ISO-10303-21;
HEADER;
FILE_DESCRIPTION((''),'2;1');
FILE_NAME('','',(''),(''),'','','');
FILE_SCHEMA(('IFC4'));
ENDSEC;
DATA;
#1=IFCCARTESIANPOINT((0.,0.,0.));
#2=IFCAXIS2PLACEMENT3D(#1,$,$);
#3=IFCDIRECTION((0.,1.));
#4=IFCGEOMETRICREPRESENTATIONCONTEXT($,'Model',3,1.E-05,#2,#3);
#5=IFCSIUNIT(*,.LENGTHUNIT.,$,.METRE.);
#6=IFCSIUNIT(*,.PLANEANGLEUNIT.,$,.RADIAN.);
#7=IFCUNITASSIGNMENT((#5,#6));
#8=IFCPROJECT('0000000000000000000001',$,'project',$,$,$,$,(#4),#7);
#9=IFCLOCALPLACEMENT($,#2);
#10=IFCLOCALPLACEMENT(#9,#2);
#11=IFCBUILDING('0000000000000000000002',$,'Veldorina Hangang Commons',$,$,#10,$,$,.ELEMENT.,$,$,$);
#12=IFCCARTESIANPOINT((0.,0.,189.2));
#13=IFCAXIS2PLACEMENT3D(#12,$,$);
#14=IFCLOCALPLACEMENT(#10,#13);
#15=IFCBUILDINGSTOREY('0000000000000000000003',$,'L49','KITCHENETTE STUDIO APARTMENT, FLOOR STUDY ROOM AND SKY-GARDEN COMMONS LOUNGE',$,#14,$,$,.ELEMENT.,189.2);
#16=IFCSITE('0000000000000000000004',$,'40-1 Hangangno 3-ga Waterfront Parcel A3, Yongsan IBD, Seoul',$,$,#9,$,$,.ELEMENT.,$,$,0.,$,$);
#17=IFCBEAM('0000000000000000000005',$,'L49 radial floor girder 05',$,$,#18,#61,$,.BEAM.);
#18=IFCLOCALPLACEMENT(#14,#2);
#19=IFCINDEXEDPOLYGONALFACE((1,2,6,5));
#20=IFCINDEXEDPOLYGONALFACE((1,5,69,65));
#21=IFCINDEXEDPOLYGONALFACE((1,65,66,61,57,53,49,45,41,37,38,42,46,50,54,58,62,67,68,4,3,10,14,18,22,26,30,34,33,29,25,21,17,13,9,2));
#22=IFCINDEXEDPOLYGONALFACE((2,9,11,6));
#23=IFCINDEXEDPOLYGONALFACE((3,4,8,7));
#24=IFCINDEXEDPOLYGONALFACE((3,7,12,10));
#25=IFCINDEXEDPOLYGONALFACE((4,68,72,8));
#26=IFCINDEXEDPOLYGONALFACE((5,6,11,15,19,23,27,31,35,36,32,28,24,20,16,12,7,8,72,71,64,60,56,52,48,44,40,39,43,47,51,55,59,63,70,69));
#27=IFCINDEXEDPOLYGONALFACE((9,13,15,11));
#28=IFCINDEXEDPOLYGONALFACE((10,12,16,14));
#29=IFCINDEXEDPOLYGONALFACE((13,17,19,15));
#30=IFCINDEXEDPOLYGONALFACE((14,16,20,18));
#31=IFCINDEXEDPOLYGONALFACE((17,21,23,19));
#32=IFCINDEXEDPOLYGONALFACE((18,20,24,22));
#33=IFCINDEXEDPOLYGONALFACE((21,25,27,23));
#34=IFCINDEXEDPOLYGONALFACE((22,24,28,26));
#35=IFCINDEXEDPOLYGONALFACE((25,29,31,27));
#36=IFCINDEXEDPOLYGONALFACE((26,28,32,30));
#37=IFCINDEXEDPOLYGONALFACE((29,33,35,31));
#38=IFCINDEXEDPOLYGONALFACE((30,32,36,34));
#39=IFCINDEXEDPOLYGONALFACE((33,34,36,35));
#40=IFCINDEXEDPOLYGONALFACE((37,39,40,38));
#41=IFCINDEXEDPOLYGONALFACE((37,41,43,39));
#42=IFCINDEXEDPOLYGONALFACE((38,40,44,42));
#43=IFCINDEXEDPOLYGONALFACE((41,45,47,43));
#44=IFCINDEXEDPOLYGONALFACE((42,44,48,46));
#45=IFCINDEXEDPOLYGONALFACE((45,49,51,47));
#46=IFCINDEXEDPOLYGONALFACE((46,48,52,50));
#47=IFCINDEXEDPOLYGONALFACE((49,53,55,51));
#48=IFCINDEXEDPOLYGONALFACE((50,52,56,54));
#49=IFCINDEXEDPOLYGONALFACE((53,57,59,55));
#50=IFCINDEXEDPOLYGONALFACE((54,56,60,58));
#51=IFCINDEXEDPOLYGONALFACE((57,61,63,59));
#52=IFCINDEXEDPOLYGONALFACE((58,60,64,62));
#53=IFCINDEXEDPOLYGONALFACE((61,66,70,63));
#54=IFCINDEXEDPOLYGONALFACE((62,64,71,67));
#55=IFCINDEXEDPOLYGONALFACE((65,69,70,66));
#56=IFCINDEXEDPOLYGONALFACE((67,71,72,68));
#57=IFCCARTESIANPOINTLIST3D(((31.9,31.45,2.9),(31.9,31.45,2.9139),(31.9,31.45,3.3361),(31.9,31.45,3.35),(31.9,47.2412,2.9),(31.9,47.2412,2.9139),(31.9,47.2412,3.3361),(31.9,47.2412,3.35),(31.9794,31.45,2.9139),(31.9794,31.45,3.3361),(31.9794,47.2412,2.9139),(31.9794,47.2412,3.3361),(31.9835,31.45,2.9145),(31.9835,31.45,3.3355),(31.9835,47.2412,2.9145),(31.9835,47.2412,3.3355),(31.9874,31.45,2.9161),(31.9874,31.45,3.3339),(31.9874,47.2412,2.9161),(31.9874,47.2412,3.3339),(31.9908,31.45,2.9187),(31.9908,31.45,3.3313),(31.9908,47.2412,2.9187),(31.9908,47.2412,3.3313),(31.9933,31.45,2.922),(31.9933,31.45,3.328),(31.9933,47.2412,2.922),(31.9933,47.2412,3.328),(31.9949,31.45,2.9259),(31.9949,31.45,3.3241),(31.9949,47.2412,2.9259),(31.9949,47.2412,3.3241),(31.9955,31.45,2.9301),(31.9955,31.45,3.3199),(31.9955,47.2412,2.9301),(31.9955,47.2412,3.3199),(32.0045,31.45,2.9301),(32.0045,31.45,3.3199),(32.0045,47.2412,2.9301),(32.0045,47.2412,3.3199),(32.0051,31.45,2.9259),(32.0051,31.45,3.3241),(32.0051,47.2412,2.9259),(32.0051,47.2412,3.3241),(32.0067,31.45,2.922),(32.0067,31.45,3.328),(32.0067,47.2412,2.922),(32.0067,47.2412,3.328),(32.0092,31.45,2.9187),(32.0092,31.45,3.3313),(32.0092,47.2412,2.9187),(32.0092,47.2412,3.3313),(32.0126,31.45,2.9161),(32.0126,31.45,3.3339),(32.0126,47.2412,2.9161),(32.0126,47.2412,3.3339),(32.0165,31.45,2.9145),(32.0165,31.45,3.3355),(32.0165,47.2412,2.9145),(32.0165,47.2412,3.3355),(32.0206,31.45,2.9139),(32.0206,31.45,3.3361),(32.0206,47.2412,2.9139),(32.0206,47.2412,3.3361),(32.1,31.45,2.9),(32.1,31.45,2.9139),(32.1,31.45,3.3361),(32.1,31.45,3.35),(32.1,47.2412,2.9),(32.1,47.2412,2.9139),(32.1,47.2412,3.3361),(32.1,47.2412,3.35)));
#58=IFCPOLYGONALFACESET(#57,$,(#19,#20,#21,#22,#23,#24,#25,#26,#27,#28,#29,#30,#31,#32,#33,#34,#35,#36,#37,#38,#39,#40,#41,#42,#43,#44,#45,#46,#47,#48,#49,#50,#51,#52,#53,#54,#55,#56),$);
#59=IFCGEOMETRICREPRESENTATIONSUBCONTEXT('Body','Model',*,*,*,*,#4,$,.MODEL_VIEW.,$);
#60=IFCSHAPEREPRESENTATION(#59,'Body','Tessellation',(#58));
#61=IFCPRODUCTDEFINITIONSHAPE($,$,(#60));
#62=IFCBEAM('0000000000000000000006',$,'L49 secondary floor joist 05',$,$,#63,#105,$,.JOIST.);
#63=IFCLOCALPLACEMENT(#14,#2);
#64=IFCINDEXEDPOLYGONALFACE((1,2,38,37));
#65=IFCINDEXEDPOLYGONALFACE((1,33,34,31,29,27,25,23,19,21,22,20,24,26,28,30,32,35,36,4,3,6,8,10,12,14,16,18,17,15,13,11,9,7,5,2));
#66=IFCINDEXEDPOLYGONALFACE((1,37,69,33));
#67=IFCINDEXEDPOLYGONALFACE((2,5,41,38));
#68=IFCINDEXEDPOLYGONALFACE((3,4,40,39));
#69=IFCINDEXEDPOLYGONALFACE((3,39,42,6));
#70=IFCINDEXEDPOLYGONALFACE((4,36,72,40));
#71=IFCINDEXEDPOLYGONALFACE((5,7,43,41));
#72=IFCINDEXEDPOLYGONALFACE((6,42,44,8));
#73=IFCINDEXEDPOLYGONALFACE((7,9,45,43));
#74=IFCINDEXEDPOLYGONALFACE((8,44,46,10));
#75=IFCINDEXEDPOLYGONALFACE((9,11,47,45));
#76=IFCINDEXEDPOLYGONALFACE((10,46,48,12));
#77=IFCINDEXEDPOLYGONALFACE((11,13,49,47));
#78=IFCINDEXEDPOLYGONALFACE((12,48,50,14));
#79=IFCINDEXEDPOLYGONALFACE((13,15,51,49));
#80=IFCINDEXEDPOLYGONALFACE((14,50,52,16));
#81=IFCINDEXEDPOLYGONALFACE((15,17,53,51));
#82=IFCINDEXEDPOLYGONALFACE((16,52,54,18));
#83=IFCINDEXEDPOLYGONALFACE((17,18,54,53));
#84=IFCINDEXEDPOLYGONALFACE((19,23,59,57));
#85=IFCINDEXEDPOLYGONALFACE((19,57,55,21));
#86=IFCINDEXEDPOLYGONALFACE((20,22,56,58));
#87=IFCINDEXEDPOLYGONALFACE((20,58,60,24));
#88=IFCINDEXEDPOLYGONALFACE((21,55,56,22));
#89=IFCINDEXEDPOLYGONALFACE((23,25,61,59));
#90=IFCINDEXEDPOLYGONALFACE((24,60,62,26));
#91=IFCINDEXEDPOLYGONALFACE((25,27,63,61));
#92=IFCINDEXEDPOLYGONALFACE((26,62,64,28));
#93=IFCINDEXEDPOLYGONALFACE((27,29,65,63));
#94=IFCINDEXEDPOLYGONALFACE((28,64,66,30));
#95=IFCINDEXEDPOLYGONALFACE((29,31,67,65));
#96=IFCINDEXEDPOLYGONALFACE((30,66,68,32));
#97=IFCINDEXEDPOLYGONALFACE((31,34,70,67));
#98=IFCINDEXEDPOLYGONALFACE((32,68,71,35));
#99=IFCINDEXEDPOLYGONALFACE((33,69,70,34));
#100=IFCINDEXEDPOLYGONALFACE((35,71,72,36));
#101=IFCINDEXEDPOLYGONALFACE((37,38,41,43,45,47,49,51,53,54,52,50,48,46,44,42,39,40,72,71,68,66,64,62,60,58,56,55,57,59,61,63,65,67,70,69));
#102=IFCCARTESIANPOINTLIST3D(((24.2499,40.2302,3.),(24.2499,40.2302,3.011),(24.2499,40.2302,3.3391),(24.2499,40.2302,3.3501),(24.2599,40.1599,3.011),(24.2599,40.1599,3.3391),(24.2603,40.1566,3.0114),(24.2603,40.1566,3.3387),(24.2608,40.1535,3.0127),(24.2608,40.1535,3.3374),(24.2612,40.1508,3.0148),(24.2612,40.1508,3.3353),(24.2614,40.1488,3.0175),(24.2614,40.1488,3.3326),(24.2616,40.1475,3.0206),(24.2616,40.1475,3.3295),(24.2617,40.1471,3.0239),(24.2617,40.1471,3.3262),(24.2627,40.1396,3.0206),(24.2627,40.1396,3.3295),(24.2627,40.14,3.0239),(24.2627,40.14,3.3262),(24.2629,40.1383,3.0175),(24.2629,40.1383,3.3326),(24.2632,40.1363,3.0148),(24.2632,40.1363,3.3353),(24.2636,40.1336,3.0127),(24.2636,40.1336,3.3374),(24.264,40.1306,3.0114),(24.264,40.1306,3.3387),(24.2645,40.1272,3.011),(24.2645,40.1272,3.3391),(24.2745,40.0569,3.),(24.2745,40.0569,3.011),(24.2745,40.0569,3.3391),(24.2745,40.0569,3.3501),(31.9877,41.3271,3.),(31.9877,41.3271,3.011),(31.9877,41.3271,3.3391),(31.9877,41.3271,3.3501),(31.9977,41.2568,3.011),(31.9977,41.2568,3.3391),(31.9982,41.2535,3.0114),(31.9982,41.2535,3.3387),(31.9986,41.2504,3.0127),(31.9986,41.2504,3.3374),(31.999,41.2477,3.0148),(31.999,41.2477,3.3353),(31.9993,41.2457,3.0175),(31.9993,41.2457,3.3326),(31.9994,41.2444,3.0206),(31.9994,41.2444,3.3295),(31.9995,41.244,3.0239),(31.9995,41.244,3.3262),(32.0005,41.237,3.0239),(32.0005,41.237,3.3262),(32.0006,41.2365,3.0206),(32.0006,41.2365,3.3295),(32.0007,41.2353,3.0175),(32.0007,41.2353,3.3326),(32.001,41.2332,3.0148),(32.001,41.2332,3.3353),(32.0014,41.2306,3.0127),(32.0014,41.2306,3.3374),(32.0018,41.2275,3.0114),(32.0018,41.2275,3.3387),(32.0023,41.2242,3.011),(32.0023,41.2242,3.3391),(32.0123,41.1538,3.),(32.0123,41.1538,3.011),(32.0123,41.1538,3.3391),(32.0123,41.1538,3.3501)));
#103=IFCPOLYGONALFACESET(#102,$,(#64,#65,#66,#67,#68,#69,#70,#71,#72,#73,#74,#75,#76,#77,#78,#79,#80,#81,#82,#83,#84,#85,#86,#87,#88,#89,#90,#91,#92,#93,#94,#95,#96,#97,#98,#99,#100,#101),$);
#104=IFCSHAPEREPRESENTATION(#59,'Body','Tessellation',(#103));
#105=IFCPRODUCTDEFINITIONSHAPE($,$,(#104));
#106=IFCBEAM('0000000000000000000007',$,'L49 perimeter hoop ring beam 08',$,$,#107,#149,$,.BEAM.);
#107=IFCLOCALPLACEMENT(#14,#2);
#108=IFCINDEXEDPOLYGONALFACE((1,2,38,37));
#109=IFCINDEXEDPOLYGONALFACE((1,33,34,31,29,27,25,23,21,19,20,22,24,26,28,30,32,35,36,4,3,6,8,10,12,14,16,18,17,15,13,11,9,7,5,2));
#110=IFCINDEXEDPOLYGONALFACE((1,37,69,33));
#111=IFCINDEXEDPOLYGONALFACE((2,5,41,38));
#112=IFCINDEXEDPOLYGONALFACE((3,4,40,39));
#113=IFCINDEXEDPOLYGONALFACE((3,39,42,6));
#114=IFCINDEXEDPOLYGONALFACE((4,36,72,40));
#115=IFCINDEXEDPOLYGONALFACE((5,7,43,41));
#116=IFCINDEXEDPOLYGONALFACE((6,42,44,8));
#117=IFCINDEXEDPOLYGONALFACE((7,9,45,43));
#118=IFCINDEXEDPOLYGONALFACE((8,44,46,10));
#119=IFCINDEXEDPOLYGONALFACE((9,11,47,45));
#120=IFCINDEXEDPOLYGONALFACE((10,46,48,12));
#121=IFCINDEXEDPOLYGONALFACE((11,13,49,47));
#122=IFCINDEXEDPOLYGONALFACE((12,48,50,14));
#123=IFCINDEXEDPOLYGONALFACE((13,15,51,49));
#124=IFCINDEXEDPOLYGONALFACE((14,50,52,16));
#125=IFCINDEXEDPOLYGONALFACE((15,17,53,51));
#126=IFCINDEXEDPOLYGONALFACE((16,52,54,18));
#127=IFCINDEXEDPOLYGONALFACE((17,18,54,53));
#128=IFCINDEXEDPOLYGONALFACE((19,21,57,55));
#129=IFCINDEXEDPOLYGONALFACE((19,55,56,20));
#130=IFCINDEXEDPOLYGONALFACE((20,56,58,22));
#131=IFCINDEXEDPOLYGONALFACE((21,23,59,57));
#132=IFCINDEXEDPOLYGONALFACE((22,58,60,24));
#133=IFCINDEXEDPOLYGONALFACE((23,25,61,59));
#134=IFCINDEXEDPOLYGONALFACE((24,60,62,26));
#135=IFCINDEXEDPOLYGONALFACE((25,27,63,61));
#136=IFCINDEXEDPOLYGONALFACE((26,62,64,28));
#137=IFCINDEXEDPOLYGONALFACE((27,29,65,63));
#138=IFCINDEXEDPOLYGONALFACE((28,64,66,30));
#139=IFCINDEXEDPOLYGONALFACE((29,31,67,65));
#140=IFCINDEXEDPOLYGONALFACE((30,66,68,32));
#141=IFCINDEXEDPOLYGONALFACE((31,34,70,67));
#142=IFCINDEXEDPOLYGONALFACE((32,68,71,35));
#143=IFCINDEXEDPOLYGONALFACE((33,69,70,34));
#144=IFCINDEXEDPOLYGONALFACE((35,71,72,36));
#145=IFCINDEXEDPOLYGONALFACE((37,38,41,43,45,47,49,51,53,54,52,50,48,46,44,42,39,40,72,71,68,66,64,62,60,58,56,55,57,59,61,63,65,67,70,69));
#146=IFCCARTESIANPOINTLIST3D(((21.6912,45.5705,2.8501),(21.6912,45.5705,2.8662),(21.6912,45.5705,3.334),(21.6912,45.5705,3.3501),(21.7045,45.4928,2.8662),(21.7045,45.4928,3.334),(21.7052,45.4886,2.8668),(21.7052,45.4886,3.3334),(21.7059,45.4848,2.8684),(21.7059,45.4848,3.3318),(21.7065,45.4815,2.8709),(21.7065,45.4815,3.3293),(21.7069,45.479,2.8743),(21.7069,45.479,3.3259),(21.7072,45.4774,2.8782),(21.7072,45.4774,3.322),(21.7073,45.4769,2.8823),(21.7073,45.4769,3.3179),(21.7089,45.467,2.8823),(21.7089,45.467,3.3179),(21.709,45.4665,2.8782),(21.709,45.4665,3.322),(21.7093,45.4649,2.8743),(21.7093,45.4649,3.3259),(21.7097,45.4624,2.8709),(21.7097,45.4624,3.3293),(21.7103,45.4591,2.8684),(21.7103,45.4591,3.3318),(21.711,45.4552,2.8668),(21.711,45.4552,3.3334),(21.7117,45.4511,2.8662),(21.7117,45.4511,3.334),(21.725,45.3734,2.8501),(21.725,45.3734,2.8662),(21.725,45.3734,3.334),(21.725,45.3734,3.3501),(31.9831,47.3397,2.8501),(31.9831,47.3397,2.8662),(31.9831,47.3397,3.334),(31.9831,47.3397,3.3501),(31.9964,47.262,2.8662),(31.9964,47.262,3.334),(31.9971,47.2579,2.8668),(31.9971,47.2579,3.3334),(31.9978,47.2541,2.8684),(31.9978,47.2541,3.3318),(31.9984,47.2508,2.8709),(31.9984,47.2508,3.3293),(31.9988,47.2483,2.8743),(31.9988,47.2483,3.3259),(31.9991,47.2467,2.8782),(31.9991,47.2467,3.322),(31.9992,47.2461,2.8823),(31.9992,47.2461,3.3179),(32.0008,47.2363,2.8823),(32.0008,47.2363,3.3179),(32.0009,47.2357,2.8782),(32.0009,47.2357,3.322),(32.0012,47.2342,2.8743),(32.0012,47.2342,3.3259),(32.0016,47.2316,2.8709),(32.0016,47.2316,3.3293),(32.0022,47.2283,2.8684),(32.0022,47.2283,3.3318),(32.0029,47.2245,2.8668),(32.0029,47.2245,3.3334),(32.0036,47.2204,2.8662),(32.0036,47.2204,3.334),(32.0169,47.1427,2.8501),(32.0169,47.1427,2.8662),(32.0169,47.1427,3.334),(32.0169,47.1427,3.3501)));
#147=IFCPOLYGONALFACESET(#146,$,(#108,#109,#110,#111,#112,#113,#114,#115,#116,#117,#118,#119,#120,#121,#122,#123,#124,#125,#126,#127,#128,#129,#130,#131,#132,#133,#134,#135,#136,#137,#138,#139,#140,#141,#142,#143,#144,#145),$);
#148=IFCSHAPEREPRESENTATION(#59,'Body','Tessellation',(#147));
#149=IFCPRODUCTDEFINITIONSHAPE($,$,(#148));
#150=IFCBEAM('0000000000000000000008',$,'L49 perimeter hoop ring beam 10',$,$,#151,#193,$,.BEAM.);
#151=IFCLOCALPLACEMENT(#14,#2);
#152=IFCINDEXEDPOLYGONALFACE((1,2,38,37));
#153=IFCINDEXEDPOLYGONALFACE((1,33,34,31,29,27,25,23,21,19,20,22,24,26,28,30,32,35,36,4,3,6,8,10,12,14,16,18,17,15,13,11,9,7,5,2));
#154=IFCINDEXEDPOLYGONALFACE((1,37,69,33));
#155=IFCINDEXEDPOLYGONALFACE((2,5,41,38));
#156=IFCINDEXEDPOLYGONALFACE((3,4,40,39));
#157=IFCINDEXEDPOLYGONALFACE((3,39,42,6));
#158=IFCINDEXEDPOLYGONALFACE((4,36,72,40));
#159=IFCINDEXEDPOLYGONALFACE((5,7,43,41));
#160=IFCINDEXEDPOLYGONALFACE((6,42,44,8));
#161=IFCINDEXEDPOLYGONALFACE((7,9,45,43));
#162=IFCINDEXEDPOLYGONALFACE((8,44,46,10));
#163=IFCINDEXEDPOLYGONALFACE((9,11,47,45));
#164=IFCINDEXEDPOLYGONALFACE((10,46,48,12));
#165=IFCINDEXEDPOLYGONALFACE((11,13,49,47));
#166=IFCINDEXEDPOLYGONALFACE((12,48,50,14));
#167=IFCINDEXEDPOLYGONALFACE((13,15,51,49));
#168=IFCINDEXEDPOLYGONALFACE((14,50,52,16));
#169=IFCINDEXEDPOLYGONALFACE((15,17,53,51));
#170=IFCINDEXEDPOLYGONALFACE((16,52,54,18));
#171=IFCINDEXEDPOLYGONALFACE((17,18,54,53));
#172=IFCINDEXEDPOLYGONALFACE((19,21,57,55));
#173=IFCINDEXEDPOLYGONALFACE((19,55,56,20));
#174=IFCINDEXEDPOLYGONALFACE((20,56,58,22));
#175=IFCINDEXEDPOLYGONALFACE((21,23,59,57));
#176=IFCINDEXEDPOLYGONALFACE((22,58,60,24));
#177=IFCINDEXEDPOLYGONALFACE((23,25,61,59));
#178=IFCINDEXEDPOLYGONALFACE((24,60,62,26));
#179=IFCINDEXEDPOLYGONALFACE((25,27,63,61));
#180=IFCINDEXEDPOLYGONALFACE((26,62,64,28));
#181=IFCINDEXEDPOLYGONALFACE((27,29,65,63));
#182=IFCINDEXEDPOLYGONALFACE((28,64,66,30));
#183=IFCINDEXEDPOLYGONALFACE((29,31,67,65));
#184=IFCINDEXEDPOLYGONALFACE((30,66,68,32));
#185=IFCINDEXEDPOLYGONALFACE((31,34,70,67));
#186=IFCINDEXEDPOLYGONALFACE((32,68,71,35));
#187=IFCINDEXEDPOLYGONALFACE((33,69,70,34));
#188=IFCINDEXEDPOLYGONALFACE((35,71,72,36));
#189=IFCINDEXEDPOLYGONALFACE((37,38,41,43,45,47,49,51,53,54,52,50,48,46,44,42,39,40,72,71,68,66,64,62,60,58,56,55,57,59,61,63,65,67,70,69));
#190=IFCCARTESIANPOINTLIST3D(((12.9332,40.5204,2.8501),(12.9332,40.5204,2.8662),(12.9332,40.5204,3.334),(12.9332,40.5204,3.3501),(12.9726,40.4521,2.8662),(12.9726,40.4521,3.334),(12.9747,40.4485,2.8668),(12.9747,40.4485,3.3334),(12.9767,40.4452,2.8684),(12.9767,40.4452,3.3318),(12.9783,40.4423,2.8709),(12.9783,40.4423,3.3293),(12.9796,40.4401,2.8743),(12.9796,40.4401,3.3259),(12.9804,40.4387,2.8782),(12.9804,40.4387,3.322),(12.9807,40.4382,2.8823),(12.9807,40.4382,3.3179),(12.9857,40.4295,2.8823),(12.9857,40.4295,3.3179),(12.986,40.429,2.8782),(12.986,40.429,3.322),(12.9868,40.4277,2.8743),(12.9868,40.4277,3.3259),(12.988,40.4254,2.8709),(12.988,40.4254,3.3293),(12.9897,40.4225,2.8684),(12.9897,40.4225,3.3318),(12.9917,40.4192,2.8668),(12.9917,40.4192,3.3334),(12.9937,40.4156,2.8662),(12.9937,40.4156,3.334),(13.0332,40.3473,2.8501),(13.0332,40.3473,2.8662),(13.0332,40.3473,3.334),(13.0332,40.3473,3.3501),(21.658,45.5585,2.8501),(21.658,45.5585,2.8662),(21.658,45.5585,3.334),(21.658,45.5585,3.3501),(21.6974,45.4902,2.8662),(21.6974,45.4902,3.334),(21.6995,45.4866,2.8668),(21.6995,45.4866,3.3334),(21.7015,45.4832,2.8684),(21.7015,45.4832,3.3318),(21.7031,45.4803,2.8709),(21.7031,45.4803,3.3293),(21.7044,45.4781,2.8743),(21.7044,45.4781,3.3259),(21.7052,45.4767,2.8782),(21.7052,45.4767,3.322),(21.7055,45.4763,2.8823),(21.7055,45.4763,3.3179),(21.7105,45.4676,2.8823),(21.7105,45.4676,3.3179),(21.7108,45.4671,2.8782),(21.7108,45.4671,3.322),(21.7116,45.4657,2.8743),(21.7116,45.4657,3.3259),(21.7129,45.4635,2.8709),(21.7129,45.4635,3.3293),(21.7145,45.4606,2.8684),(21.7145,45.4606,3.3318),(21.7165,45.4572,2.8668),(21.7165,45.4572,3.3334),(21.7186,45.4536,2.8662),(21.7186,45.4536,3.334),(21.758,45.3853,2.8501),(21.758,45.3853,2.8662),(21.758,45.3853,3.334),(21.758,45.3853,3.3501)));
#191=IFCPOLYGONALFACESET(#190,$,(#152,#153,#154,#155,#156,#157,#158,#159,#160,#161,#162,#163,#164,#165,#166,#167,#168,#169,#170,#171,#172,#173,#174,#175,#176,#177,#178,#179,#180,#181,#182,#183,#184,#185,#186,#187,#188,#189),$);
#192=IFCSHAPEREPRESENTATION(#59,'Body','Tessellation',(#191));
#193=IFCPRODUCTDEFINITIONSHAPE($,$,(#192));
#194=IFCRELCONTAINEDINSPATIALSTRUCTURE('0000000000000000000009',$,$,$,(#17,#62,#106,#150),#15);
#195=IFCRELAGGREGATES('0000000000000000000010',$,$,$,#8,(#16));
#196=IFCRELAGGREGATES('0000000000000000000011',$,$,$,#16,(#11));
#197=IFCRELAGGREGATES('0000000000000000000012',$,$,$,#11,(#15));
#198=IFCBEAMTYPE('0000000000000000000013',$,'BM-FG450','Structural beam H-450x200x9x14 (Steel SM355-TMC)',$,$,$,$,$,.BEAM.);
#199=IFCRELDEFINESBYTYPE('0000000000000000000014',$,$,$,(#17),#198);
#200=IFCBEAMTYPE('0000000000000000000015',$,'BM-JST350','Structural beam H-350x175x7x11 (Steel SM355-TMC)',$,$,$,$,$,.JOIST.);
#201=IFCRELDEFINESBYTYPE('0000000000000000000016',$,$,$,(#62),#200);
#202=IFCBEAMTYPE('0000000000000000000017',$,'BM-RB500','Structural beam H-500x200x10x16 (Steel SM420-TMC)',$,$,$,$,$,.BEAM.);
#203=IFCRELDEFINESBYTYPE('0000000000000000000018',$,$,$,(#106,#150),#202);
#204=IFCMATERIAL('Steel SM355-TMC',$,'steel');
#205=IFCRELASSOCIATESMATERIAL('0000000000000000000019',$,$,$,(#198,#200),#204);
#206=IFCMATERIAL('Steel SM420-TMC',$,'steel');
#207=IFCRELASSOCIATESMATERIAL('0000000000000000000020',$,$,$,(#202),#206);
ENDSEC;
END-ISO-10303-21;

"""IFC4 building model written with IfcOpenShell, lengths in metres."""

from ifc_helpers import new_model, si_unit, direction, frame, origin, origin_2d, place, context, subcontext, project, spatial, i_section, extrude, material, material_profile, profile_set, type_object, element, save


model = new_model("IFC4")

# Units and contexts
model_context = context("Model", 3, precision=1e-05, world=origin(), true_north=direction((0.0, 1.0)))
body_context = subcontext(model_context, "Body", "Model", "MODEL_VIEW")
ifc_project = project(units=[si_unit("LENGTHUNIT", "METRE"), si_unit("PLANEANGLEUNIT", "RADIAN")], contexts=[model_context])

# Site, building, storey
site_placement = place(None, origin())
site = spatial("IfcSite", under=ifc_project, at=site_placement, Name="40-1 Hangangno 3-ga Waterfront Parcel A3, Yongsan IBD, Seoul", CompositionType="ELEMENT", RefElevation=0.0)
building_placement = place(site_placement, origin())
building = spatial("IfcBuilding", under=site, at=building_placement, Name="Veldorina Hangang Commons", CompositionType="ELEMENT")
storey_placement = place(building_placement, frame((0.0, 0.0, 189.2)))
storey = spatial("IfcBuildingStorey", under=building, at=storey_placement, Name="L49", Description="KITCHENETTE STUDIO APARTMENT, FLOOR STUDY ROOM AND SKY-GARDEN COMMONS LOUNGE", CompositionType="ELEMENT", Elevation=189.2)

# Beams
ifc_material_1 = material(Name="Steel SM355-TMC", Category="steel")
ifc_material_profile_1 = material_profile(ifc_material_1, i_section(OverallWidth=0.2, OverallDepth=0.45, WebThickness=0.009, FlangeThickness=0.0139, FilletRadius=0.0161, at=origin_2d()), Name="H-450x200x9x14")
ifc_profile_set_1 = profile_set([ifc_material_profile_1], Name="Steel SM355-TMC")
beam_type_1 = type_object("IfcBeamType", Name="BM-FG450", Description="Structural beam H-450x200x9x14 (Steel SM355-TMC)", PredefinedType="BEAM", material=ifc_profile_set_1)
beam_1_placement = place(storey_placement, frame((32.0, 31.45, 3.125), z_axis=(0.0, 1.0, 0.0), x_axis=(-1.0, 0.0, 0.0)))
element("IfcBeam", 1, at=beam_1_placement, inside=storey, type_object=beam_type_1, Name="L49 radial floor girder 05", PredefinedType="BEAM", context=body_context, shape_type="SweptSolid", body=[
    extrude(i_section(OverallWidth=0.2, OverallDepth=0.45, WebThickness=0.009, FlangeThickness=0.0139, FilletRadius=0.0161, at=origin_2d()), origin(), (0.0, 0.0, 1.0), 15.7913),
])
ifc_material_profile_2 = material_profile(ifc_material_1, i_section(OverallWidth=0.175, OverallDepth=0.3501, WebThickness=0.0071, FlangeThickness=0.011, FilletRadius=0.0129, at=origin_2d()), Name="H-350x175x7x11")
ifc_profile_set_2 = profile_set([ifc_material_profile_2], Name="Steel SM355-TMC")
beam_type_2 = type_object("IfcBeamType", Name="BM-JST350", Description="Structural beam H-350x175x7x11 (Steel SM355-TMC)", PredefinedType="JOIST", material=ifc_profile_set_2)
beam_2_placement = place(storey_placement, frame((32.0, 41.2405, 3.175), z_axis=(-0.990101, -0.140359, 0.0), x_axis=(0.140359, -0.990101, 0.0)))
element("IfcBeam", 2, at=beam_2_placement, inside=storey, type_object=beam_type_2, Name="L49 secondary floor joist 05", PredefinedType="JOIST", context=body_context, shape_type="SweptSolid", body=[
    extrude(i_section(OverallWidth=0.175, OverallDepth=0.3501, WebThickness=0.0071, FlangeThickness=0.011, FilletRadius=0.0129, at=origin_2d()), origin(), (0.0, 0.0, 1.0), 7.8152),
])
ifc_material_2 = material(Name="Steel SM420-TMC", Category="steel")
ifc_material_profile_3 = material_profile(ifc_material_2, i_section(OverallWidth=0.2, OverallDepth=0.5, WebThickness=0.01, FlangeThickness=0.0161, FilletRadius=0.0161, at=origin_2d()), Name="H-500x200x10x16")
ifc_profile_set_3 = profile_set([ifc_material_profile_3], Name="Steel SM420-TMC")
beam_type_3 = type_object("IfcBeamType", Name="BM-RB500", Description="Structural beam H-500x200x10x16 (Steel SM420-TMC)", PredefinedType="BEAM", material=ifc_profile_set_3)
beam_3_placement = place(storey_placement, frame((32.0, 47.2412, 3.1001), z_axis=(-0.985543, -0.169424, 0.0), x_axis=(0.169424, -0.985543, 0.0)))
element("IfcBeam", 3, at=beam_3_placement, inside=storey, type_object=beam_type_3, Name="L49 perimeter hoop ring beam 08", PredefinedType="BEAM", context=body_context, shape_type="SweptSolid", body=[
    extrude(i_section(OverallWidth=0.2, OverallDepth=0.5, WebThickness=0.01, FlangeThickness=0.0161, FilletRadius=0.0161, at=origin_2d()), origin(), (0.0, 0.0, 1.0), 10.4429),
])
beam_4_placement = place(storey_placement, frame((21.708, 45.4719, 3.1001), z_axis=(-0.865991, -0.500059, 0.0), x_axis=(0.500059, -0.865991, 0.0)))
element("IfcBeam", 4, at=beam_4_placement, inside=storey, type_object=beam_type_3, Name="L49 perimeter hoop ring beam 10", PredefinedType="BEAM", context=body_context, shape_type="SweptSolid", body=[
    extrude(i_section(OverallWidth=0.2, OverallDepth=0.5, WebThickness=0.01, FlangeThickness=0.0161, FilletRadius=0.0161, at=origin_2d()), origin(), (0.0, 0.0, 1.0), 10.075),
])

save(model, "model.ifc")
